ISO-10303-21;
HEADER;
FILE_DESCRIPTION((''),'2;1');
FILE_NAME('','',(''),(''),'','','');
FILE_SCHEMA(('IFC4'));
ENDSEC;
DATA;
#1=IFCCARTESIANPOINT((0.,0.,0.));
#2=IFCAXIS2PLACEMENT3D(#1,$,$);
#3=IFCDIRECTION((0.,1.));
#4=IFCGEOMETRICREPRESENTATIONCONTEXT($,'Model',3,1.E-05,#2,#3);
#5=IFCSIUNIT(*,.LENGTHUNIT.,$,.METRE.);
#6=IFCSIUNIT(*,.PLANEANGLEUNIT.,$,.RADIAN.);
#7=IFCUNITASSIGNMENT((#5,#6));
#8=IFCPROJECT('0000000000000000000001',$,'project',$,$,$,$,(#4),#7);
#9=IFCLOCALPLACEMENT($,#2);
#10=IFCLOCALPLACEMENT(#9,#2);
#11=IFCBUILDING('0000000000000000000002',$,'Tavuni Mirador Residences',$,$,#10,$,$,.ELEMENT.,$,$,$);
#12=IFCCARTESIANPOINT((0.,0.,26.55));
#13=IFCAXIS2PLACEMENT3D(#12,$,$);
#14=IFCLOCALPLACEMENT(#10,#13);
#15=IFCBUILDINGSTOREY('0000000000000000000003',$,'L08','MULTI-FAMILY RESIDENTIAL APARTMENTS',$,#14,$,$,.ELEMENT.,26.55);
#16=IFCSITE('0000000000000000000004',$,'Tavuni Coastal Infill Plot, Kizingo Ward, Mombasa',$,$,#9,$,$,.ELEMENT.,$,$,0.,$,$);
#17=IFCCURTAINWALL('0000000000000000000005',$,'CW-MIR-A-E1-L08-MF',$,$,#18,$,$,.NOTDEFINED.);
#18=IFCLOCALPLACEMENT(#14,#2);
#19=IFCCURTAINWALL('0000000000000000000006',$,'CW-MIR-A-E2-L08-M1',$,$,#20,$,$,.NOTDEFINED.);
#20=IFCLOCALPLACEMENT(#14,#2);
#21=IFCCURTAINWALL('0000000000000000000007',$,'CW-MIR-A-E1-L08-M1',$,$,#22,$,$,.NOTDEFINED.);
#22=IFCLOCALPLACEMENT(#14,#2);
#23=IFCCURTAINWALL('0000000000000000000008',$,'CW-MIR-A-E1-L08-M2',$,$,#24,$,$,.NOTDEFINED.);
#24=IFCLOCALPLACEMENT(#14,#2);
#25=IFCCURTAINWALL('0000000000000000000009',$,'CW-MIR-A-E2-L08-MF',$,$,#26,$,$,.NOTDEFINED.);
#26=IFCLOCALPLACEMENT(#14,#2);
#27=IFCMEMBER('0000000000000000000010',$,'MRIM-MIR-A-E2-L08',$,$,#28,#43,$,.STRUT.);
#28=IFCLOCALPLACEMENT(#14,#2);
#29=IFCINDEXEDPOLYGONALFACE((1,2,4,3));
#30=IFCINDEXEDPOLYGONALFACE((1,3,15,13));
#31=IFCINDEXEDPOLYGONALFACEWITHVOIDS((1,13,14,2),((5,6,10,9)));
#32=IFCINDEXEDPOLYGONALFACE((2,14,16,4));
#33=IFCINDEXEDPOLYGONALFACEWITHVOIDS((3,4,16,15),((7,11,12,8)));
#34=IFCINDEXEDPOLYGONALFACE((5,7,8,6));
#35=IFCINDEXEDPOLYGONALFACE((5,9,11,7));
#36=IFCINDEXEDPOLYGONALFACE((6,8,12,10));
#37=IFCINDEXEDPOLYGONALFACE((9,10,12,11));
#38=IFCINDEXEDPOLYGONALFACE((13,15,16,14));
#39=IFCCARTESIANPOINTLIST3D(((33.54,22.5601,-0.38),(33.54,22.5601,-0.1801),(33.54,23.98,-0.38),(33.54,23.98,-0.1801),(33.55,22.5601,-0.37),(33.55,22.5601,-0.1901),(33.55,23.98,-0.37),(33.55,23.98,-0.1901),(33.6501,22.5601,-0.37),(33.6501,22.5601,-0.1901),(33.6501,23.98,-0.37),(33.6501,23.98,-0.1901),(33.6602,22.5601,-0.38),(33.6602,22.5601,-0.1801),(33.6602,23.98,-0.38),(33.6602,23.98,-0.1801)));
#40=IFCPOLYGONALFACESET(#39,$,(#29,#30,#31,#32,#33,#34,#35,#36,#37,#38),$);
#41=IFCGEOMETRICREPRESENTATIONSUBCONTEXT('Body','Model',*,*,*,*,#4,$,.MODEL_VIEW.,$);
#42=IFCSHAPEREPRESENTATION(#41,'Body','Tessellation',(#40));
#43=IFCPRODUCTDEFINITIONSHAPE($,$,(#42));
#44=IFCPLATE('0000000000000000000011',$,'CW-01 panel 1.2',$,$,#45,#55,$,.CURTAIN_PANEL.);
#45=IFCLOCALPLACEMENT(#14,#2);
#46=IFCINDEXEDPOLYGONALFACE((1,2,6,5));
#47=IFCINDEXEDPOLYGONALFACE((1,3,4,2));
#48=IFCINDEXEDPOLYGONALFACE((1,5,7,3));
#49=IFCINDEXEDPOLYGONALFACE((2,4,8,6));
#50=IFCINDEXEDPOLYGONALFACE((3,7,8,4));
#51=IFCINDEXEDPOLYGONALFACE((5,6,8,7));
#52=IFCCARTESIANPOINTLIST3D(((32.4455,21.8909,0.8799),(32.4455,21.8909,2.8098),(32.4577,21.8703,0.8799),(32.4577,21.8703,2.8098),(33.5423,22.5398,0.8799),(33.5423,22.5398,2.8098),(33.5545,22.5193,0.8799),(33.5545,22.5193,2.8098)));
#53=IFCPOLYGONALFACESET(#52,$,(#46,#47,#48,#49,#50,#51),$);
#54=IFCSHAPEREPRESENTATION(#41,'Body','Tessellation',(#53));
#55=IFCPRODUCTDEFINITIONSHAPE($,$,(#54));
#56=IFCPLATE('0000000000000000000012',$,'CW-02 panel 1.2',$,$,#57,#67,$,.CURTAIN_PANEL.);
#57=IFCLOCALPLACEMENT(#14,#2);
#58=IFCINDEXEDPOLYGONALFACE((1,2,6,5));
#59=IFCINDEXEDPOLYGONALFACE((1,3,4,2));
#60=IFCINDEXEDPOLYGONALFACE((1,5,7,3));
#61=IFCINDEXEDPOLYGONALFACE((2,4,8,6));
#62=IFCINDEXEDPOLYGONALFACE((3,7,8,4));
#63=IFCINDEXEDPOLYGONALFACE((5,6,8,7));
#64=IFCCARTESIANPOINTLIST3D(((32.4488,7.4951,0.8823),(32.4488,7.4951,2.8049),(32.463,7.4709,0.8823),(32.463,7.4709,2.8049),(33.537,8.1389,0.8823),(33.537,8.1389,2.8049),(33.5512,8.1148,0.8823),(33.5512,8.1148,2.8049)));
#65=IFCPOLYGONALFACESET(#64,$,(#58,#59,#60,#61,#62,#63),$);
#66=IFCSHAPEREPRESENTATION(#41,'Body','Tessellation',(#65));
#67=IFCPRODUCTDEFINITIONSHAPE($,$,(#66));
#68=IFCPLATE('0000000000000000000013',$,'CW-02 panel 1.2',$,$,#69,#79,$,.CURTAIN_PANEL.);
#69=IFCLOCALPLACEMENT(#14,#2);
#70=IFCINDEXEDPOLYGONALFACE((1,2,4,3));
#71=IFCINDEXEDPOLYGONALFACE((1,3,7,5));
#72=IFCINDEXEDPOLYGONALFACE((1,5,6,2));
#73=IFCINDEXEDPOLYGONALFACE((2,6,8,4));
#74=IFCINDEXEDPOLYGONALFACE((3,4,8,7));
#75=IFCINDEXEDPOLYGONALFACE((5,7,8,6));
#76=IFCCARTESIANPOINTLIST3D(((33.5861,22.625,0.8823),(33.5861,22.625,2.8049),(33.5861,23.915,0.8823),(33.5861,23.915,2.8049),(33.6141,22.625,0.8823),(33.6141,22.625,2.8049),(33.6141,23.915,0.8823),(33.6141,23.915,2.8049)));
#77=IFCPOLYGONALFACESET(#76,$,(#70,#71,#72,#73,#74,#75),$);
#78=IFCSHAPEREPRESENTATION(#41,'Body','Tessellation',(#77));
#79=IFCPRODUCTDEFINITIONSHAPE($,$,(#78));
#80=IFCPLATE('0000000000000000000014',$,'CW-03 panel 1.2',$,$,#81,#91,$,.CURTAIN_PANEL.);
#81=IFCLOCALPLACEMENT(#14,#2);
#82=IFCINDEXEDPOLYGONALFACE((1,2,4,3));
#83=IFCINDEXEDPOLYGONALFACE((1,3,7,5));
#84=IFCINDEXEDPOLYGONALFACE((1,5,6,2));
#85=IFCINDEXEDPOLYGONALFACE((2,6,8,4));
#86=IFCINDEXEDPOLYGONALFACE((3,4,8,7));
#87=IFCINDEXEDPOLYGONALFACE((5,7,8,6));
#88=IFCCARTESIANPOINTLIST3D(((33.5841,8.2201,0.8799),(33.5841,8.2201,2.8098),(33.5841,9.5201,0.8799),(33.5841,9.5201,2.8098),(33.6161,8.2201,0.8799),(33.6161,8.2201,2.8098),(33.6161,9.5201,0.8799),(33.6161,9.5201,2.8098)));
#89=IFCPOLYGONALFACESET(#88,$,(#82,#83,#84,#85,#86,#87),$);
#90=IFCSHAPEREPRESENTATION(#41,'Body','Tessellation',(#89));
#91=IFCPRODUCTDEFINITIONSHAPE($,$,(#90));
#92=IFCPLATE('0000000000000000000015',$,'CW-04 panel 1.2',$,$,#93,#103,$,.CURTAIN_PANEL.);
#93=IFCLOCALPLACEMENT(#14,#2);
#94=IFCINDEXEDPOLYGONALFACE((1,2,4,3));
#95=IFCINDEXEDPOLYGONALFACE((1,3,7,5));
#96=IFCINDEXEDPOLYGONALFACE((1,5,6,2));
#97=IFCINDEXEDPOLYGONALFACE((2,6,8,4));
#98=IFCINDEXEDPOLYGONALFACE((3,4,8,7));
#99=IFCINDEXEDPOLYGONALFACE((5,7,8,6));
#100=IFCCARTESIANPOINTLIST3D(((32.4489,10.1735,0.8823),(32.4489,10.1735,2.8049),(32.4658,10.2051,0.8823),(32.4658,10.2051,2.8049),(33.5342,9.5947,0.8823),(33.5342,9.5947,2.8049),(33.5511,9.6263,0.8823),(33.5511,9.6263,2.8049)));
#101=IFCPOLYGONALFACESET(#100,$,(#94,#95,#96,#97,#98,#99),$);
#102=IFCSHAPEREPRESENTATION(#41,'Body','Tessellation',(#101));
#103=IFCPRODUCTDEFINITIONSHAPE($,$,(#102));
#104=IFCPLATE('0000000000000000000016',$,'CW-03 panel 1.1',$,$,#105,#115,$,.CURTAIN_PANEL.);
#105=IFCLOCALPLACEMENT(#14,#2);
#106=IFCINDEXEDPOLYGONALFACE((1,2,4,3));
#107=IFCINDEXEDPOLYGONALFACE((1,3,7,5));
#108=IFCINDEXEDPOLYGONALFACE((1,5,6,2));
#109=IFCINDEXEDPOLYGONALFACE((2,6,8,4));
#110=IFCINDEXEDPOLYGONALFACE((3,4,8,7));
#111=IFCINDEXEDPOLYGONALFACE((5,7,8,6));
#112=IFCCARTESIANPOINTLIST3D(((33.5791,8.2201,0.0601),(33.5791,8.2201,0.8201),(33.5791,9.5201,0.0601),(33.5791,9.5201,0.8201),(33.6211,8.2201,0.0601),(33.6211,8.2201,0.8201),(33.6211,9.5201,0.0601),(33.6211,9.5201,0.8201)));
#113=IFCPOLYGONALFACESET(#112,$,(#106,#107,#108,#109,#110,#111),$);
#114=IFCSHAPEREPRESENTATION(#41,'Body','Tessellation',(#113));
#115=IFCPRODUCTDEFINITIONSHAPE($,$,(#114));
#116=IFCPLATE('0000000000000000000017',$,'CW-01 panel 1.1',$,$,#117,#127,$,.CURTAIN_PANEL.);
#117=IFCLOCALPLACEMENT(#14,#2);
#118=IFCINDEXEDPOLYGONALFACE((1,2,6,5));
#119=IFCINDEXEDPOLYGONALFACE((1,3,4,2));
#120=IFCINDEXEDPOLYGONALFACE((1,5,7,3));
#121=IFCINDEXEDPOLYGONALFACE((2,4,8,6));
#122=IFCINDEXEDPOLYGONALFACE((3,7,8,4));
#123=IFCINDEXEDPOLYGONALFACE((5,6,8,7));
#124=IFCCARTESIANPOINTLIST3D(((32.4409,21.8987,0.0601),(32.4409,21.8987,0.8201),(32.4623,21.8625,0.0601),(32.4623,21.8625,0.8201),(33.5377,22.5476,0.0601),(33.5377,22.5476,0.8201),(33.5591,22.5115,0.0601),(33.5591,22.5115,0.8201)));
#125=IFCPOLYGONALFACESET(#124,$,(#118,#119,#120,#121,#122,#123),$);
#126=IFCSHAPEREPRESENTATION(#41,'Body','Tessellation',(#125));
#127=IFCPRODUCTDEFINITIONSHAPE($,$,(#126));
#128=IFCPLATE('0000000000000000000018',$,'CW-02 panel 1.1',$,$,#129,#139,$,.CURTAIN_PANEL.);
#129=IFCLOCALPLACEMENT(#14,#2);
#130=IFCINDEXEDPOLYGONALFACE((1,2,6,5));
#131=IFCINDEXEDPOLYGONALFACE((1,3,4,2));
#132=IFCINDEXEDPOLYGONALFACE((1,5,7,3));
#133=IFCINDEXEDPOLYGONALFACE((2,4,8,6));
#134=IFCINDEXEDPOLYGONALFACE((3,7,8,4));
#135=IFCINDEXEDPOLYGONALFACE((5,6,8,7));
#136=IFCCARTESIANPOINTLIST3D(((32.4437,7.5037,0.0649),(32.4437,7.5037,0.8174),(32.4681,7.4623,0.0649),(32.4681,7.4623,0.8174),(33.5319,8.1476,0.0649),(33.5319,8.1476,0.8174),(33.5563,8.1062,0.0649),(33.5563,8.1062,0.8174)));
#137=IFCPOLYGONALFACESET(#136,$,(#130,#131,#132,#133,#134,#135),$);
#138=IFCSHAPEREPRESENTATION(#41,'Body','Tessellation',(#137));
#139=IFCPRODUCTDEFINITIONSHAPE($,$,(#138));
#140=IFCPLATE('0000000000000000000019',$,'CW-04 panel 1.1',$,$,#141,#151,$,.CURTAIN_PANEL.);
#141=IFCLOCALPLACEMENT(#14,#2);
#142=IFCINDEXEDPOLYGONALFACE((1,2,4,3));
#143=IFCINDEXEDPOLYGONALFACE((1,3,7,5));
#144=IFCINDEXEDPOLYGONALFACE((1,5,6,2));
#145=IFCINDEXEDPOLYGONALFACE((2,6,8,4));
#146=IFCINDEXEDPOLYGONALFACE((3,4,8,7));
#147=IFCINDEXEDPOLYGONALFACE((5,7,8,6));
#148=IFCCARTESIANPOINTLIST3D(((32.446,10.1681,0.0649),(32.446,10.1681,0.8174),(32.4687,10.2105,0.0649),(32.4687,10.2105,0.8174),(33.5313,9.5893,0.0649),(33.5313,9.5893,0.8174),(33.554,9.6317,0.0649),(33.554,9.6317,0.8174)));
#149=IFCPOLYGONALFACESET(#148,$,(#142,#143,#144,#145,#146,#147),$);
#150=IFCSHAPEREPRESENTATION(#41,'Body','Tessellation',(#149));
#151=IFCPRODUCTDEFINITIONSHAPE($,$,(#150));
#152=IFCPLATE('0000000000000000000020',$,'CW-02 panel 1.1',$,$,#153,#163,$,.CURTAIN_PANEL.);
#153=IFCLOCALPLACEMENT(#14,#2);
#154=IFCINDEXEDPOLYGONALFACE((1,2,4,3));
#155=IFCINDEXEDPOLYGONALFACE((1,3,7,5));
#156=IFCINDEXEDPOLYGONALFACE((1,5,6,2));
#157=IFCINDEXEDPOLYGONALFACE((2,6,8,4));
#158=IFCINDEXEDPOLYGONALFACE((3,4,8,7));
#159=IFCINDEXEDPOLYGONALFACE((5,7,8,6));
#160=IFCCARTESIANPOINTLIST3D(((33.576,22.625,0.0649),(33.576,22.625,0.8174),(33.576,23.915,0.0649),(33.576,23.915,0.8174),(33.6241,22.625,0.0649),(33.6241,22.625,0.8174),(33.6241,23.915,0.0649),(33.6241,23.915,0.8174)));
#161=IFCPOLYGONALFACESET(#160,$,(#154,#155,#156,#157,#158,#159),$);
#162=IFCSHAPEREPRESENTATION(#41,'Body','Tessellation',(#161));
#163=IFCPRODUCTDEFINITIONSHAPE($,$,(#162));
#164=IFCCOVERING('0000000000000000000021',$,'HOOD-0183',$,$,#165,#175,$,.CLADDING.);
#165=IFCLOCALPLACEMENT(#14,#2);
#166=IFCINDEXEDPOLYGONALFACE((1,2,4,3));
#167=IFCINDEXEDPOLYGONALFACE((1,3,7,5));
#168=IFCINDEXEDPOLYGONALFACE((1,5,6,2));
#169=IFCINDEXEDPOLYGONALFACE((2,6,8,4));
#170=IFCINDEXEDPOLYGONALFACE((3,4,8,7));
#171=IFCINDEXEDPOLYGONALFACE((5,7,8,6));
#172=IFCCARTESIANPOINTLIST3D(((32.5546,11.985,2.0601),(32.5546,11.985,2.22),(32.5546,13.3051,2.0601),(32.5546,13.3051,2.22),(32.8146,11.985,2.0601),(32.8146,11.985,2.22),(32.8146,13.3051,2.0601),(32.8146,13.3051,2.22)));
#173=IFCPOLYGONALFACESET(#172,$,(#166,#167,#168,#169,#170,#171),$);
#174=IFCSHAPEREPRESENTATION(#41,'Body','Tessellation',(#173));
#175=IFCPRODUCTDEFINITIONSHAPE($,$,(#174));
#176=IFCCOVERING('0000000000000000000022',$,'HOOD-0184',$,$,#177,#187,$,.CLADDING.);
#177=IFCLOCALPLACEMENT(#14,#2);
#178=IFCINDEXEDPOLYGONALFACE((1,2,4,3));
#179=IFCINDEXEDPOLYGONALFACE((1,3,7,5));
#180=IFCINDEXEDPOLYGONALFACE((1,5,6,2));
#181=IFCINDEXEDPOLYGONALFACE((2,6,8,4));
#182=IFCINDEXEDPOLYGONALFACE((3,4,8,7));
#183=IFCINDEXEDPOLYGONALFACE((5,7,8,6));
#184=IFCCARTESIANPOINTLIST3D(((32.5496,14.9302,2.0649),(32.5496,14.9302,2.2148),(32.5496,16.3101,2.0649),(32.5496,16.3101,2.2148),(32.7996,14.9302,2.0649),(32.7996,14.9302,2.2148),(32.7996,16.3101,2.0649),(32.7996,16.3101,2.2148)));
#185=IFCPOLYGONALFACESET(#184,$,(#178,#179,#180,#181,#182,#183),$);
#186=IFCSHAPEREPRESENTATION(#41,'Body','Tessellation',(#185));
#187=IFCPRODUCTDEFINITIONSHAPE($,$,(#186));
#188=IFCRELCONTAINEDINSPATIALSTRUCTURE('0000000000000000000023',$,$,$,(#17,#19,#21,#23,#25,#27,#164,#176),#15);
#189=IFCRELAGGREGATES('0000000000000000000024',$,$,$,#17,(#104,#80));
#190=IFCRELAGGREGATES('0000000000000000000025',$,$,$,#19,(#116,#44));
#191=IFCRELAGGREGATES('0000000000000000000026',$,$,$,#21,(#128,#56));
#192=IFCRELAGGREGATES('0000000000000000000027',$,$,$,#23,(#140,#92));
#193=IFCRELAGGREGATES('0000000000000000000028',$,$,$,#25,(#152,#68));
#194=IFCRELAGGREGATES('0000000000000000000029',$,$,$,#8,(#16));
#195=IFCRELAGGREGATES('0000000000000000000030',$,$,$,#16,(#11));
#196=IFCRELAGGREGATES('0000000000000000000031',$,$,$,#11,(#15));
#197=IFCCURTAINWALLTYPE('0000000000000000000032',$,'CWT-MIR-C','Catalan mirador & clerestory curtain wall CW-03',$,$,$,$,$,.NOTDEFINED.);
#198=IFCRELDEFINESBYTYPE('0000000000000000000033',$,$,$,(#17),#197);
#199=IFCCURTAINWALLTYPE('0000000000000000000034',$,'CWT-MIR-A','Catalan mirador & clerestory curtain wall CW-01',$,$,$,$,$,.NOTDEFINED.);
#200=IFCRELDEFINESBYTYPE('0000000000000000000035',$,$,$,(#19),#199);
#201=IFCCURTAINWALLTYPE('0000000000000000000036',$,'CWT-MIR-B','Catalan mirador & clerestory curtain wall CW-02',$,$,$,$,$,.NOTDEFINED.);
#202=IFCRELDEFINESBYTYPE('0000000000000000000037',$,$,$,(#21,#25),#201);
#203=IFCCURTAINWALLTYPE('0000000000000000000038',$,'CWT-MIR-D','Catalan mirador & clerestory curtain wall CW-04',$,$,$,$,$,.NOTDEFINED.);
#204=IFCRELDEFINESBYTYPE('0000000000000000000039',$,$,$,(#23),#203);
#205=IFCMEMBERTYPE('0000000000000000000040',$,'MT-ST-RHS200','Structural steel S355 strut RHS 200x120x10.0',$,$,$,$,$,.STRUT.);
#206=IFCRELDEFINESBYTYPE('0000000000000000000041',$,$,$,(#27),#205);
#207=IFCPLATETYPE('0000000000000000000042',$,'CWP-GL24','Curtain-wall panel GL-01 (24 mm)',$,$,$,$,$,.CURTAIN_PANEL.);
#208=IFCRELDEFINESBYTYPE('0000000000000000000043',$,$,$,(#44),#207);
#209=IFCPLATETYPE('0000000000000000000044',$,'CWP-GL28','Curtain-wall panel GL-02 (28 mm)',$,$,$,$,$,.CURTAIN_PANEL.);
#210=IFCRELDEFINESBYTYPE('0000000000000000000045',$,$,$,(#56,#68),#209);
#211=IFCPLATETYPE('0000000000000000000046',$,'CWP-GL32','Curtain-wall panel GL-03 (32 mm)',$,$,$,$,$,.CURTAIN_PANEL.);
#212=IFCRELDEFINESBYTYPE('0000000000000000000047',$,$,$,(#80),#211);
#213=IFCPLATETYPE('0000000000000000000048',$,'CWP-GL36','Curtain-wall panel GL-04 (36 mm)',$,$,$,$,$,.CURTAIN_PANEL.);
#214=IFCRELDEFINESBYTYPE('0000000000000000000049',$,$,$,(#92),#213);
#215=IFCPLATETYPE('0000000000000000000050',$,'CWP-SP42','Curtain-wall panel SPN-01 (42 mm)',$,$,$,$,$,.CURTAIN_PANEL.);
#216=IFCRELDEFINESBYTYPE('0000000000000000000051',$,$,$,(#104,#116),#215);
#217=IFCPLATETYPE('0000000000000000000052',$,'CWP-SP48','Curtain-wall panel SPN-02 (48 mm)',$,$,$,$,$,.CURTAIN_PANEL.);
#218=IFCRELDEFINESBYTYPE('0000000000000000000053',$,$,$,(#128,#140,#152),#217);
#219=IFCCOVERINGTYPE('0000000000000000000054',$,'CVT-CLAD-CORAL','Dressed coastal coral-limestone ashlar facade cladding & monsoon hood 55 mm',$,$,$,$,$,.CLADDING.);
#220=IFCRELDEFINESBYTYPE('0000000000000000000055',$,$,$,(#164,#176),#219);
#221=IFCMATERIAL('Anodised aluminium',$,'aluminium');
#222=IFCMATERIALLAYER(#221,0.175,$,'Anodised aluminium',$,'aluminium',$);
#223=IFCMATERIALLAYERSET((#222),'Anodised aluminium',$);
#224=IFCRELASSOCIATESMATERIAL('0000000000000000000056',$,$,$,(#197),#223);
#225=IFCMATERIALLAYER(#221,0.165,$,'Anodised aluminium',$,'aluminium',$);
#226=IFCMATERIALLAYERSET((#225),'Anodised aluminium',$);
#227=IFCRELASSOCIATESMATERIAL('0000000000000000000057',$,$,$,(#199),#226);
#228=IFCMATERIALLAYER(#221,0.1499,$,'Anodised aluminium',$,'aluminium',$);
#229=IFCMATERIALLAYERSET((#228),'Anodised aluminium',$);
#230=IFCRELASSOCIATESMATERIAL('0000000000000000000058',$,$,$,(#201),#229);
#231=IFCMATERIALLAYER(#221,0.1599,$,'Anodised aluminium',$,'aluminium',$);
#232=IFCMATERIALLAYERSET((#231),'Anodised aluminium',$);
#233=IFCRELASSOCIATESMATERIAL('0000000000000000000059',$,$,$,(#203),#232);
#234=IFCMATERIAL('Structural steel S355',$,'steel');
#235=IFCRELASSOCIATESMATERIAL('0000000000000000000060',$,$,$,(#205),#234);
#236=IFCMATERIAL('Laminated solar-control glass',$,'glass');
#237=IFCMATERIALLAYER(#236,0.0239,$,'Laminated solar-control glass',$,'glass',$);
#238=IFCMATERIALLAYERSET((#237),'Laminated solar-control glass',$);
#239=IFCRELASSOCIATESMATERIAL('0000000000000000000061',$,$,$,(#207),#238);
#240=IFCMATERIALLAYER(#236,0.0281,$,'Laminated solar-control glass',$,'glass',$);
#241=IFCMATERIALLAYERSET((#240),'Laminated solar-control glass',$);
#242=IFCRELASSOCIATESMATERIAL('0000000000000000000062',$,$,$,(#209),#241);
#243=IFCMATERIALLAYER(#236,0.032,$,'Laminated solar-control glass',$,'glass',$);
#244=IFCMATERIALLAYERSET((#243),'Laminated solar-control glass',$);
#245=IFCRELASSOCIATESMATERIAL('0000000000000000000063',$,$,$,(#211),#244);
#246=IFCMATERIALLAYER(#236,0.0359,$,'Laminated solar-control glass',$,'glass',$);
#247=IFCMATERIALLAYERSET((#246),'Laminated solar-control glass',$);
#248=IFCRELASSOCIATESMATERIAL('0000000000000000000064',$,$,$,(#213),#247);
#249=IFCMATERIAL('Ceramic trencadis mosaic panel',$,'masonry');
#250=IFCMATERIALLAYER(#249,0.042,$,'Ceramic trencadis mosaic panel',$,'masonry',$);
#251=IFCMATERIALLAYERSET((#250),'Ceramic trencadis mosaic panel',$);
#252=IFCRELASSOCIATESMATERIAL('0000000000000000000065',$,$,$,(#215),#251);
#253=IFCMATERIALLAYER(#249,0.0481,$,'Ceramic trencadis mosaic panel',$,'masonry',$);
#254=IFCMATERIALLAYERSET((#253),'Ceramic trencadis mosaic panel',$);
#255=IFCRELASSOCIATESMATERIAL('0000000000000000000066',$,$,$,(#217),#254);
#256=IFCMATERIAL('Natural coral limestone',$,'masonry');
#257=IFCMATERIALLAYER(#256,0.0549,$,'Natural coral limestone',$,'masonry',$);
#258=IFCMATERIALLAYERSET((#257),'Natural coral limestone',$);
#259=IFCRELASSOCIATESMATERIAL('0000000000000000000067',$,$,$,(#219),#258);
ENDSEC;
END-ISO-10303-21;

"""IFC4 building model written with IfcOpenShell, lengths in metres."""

from ifc_helpers import new_model, si_unit, direction, frame, origin, origin_2d, place, context, subcontext, project, spatial, rectangle, hollow_rectangle, extrude, material, layer, layer_set, material_profile, profile_set, type_object, element, aggregate, save


model = new_model("IFC4")

# Units and contexts
model_context = context("Model", 3, precision=1e-05, world=origin(), true_north=direction((0.0, 1.0)))
body_context = subcontext(model_context, "Body", "Model", "MODEL_VIEW")
ifc_project = project(units=[si_unit("LENGTHUNIT", "METRE"), si_unit("PLANEANGLEUNIT", "RADIAN")], contexts=[model_context])

# Site, building, storey
site_placement = place(None, origin())
site = spatial("IfcSite", under=ifc_project, at=site_placement, Name="Tavuni Coastal Infill Plot, Kizingo Ward, Mombasa", CompositionType="ELEMENT", RefElevation=0.0)
building_placement = place(site_placement, origin())
building = spatial("IfcBuilding", under=site, at=building_placement, Name="Tavuni Mirador Residences", CompositionType="ELEMENT")
storey_placement = place(building_placement, frame((0.0, 0.0, 26.55)))
storey = spatial("IfcBuildingStorey", under=building, at=storey_placement, Name="L08", Description="MULTI-FAMILY RESIDENTIAL APARTMENTS", CompositionType="ELEMENT", Elevation=26.55)

# Curtain wall
ifc_material_1 = material(Name="Anodised aluminium", Category="aluminium")
ifc_layer_1 = layer(ifc_material_1, 0.175, Name="Anodised aluminium", Category="aluminium")
ifc_layer_set_1 = layer_set([ifc_layer_1], Name="Anodised aluminium")
curtain_wall_type_1 = type_object("IfcCurtainWallType", Name="CWT-MIR-C", Description="Catalan mirador & clerestory curtain wall CW-03", PredefinedType="NOTDEFINED", material=ifc_layer_set_1)
curtain_wall_1_placement = place(storey_placement, origin())
curtain_wall_1 = element("IfcCurtainWall", 1, at=curtain_wall_1_placement, inside=storey, type_object=curtain_wall_type_1, Name="CW-MIR-A-E1-L08-MF", PredefinedType="NOTDEFINED")

# Curtain walls
ifc_layer_2 = layer(ifc_material_1, 0.165, Name="Anodised aluminium", Category="aluminium")
ifc_layer_set_2 = layer_set([ifc_layer_2], Name="Anodised aluminium")
curtain_wall_type_2 = type_object("IfcCurtainWallType", Name="CWT-MIR-A", Description="Catalan mirador & clerestory curtain wall CW-01", PredefinedType="NOTDEFINED", material=ifc_layer_set_2)
curtain_wall_2_placement = place(storey_placement, origin())
curtain_wall_2 = element("IfcCurtainWall", 2, at=curtain_wall_2_placement, inside=storey, type_object=curtain_wall_type_2, Name="CW-MIR-A-E2-L08-M1", PredefinedType="NOTDEFINED")
ifc_layer_3 = layer(ifc_material_1, 0.1499, Name="Anodised aluminium", Category="aluminium")
ifc_layer_set_3 = layer_set([ifc_layer_3], Name="Anodised aluminium")
curtain_wall_type_3 = type_object("IfcCurtainWallType", Name="CWT-MIR-B", Description="Catalan mirador & clerestory curtain wall CW-02", PredefinedType="NOTDEFINED", material=ifc_layer_set_3)
curtain_wall_3_placement = place(storey_placement, origin())
curtain_wall_3 = element("IfcCurtainWall", 3, at=curtain_wall_3_placement, inside=storey, type_object=curtain_wall_type_3, Name="CW-MIR-A-E1-L08-M1", PredefinedType="NOTDEFINED")
ifc_layer_4 = layer(ifc_material_1, 0.1599, Name="Anodised aluminium", Category="aluminium")
ifc_layer_set_4 = layer_set([ifc_layer_4], Name="Anodised aluminium")
curtain_wall_type_4 = type_object("IfcCurtainWallType", Name="CWT-MIR-D", Description="Catalan mirador & clerestory curtain wall CW-04", PredefinedType="NOTDEFINED", material=ifc_layer_set_4)
curtain_wall_4_placement = place(storey_placement, origin())
curtain_wall_4 = element("IfcCurtainWall", 4, at=curtain_wall_4_placement, inside=storey, type_object=curtain_wall_type_4, Name="CW-MIR-A-E1-L08-M2", PredefinedType="NOTDEFINED")

# Curtain wall
curtain_wall_5_placement = place(storey_placement, origin())
curtain_wall_5 = element("IfcCurtainWall", 5, at=curtain_wall_5_placement, inside=storey, type_object=curtain_wall_type_3, Name="CW-MIR-A-E2-L08-MF", PredefinedType="NOTDEFINED")

# Member
ifc_material_2 = material(Name="Structural steel S355", Category="steel")
ifc_material_profile_1 = material_profile(ifc_material_2, hollow_rectangle(XDim=0.1201, YDim=0.2, WallThickness=0.01, at=origin_2d()), Name="RHS 200x120x10.0", Category="steel")
ifc_profile_set_1 = profile_set([ifc_material_profile_1], Name="Structural steel S355")
member_type_1 = type_object("IfcMemberType", Name="MT-ST-RHS200", Description="Structural steel S355 strut RHS 200x120x10.0", PredefinedType="STRUT", material=ifc_profile_set_1)
member_1_placement = place(storey_placement, frame((33.6001, 22.5601, -0.28), z_axis=(0.0, 1.0, 0.0), x_axis=(-1.0, 0.0, 0.0)))
element("IfcMember", 6, at=member_1_placement, inside=storey, type_object=member_type_1, Name="MRIM-MIR-A-E2-L08", PredefinedType="STRUT", context=body_context, shape_type="SweptSolid", body=[
    extrude(hollow_rectangle(XDim=0.1201, YDim=0.2, WallThickness=0.01, at=origin_2d()), origin(), (0.0, 0.0, 1.0), 1.4199),
])

# Plates
ifc_material_3 = material(Name="Laminated solar-control glass", Category="glass")
ifc_layer_5 = layer(ifc_material_3, 0.0239, Name="Laminated solar-control glass", Category="glass")
ifc_layer_set_5 = layer_set([ifc_layer_5], Name="Laminated solar-control glass")
plate_type_1 = type_object("IfcPlateType", Name="CWP-GL24", Description="Curtain-wall panel GL-01 (24 mm)", PredefinedType="CURTAIN_PANEL", material=ifc_layer_set_5)
plate_1_placement = place(storey_placement, frame((33.0, 22.2051, 0.8799), z_axis=(0.0, 0.0, 1.0), x_axis=(0.860641, 0.509212, 0.0)))
plate_1 = element("IfcPlate", 7, at=plate_1_placement, type_object=plate_type_1, Name="CW-01 panel 1.2", PredefinedType="CURTAIN_PANEL", context=body_context, shape_type="SweptSolid", body=[
    extrude(rectangle(XDim=1.2744, YDim=0.0239, at=origin_2d()), origin(), (0.0, 0.0, 1.0), 1.9299),
])
ifc_layer_6 = layer(ifc_material_3, 0.0281, Name="Laminated solar-control glass", Category="glass")
ifc_layer_set_6 = layer_set([ifc_layer_6], Name="Laminated solar-control glass")
plate_type_2 = type_object("IfcPlateType", Name="CWP-GL28", Description="Curtain-wall panel GL-02 (28 mm)", PredefinedType="CURTAIN_PANEL", material=ifc_layer_set_6)
plate_2_placement = place(storey_placement, frame((33.0, 7.8049, 0.8823), z_axis=(0.0, 0.0, 1.0), x_axis=(0.860641, 0.509212, 0.0)))
plate_2 = element("IfcPlate", 8, at=plate_2_placement, type_object=plate_type_2, Name="CW-02 panel 1.2", PredefinedType="CURTAIN_PANEL", context=body_context, shape_type="SweptSolid", body=[
    extrude(rectangle(XDim=1.2644, YDim=0.0281, at=origin_2d()), origin(), (0.0, 0.0, 1.0), 1.9226),
])
plate_3_placement = place(storey_placement, frame((33.6001, 23.27, 0.8823), z_axis=(0.0, 0.0, 1.0), x_axis=(0.0, 1.0, 0.0)))
plate_3 = element("IfcPlate", 9, at=plate_3_placement, type_object=plate_type_2, Name="CW-02 panel 1.2", PredefinedType="CURTAIN_PANEL", context=body_context, shape_type="SweptSolid", body=[
    extrude(rectangle(XDim=1.29, YDim=0.0281, at=origin_2d()), origin(), (0.0, 0.0, 1.0), 1.9226),
])
ifc_layer_7 = layer(ifc_material_3, 0.032, Name="Laminated solar-control glass", Category="glass")
ifc_layer_set_7 = layer_set([ifc_layer_7], Name="Laminated solar-control glass")
plate_type_3 = type_object("IfcPlateType", Name="CWP-GL32", Description="Curtain-wall panel GL-03 (32 mm)", PredefinedType="CURTAIN_PANEL", material=ifc_layer_set_7)
plate_4_placement = place(storey_placement, frame((33.6001, 8.8701, 0.8799), z_axis=(0.0, 0.0, 1.0), x_axis=(0.0, 1.0, 0.0)))
plate_4 = element("IfcPlate", 10, at=plate_4_placement, type_object=plate_type_3, Name="CW-03 panel 1.2", PredefinedType="CURTAIN_PANEL", context=body_context, shape_type="SweptSolid", body=[
    extrude(rectangle(XDim=1.3, YDim=0.032, at=origin_2d()), origin(), (0.0, 0.0, 1.0), 1.9299),
])
ifc_layer_8 = layer(ifc_material_3, 0.0359, Name="Laminated solar-control glass", Category="glass")
ifc_layer_set_8 = layer_set([ifc_layer_8], Name="Laminated solar-control glass")
plate_type_4 = type_object("IfcPlateType", Name="CWP-GL36", Description="Curtain-wall panel GL-04 (36 mm)", PredefinedType="CURTAIN_PANEL", material=ifc_layer_set_8)
plate_5_placement = place(storey_placement, frame((33.0, 9.8999, 0.8823), z_axis=(0.0, 0.0, 1.0), x_axis=(-0.882353, 0.470588, 0.0)))
plate_5 = element("IfcPlate", 11, at=plate_5_placement, type_object=plate_type_4, Name="CW-04 panel 1.2", PredefinedType="CURTAIN_PANEL", context=body_context, shape_type="SweptSolid", body=[
    extrude(rectangle(XDim=1.23, YDim=0.0359, at=origin_2d()), origin(), (0.0, 0.0, 1.0), 1.9226),
])
ifc_material_4 = material(Name="Ceramic trencadis mosaic panel", Category="masonry")
ifc_layer_9 = layer(ifc_material_4, 0.042, Name="Ceramic trencadis mosaic panel", Category="masonry")
ifc_layer_set_9 = layer_set([ifc_layer_9], Name="Ceramic trencadis mosaic panel")
plate_type_5 = type_object("IfcPlateType", Name="CWP-SP42", Description="Curtain-wall panel SPN-01 (42 mm)", PredefinedType="CURTAIN_PANEL", material=ifc_layer_set_9)
plate_6_placement = place(storey_placement, frame((33.6001, 8.8701, 0.0601), z_axis=(0.0, 0.0, 1.0), x_axis=(0.0, 1.0, 0.0)))
plate_6 = element("IfcPlate", 12, at=plate_6_placement, type_object=plate_type_5, Name="CW-03 panel 1.1", PredefinedType="CURTAIN_PANEL", context=body_context, shape_type="SweptSolid", body=[
    extrude(rectangle(XDim=1.3, YDim=0.042, at=origin_2d()), origin(), (0.0, 0.0, 1.0), 0.76),
])
aggregate(curtain_wall_1, [plate_6, plate_4])
plate_7_placement = place(storey_placement, frame((33.0, 22.2051, 0.0601), z_axis=(0.0, 0.0, 1.0), x_axis=(0.860641, 0.509212, 0.0)))
plate_7 = element("IfcPlate", 13, at=plate_7_placement, type_object=plate_type_5, Name="CW-01 panel 1.1", PredefinedType="CURTAIN_PANEL", context=body_context, shape_type="SweptSolid", body=[
    extrude(rectangle(XDim=1.2744, YDim=0.042, at=origin_2d()), origin(), (0.0, 0.0, 1.0), 0.76),
])
aggregate(curtain_wall_2, [plate_7, plate_1])
ifc_layer_10 = layer(ifc_material_4, 0.0481, Name="Ceramic trencadis mosaic panel", Category="masonry")
ifc_layer_set_10 = layer_set([ifc_layer_10], Name="Ceramic trencadis mosaic panel")
plate_type_6 = type_object("IfcPlateType", Name="CWP-SP48", Description="Curtain-wall panel SPN-02 (48 mm)", PredefinedType="CURTAIN_PANEL", material=ifc_layer_set_10)
plate_8_placement = place(storey_placement, frame((33.0, 7.8049, 0.0649), z_axis=(0.0, 0.0, 1.0), x_axis=(0.860641, 0.509212, 0.0)))
plate_8 = element("IfcPlate", 14, at=plate_8_placement, type_object=plate_type_6, Name="CW-02 panel 1.1", PredefinedType="CURTAIN_PANEL", context=body_context, shape_type="SweptSolid", body=[
    extrude(rectangle(XDim=1.2644, YDim=0.0481, at=origin_2d()), origin(), (0.0, 0.0, 1.0), 0.7524),
])
aggregate(curtain_wall_3, [plate_8, plate_2])
plate_9_placement = place(storey_placement, frame((33.0, 9.8999, 0.0649), z_axis=(0.0, 0.0, 1.0), x_axis=(-0.882353, 0.470588, 0.0)))
plate_9 = element("IfcPlate", 15, at=plate_9_placement, type_object=plate_type_6, Name="CW-04 panel 1.1", PredefinedType="CURTAIN_PANEL", context=body_context, shape_type="SweptSolid", body=[
    extrude(rectangle(XDim=1.23, YDim=0.0481, at=origin_2d()), origin(), (0.0, 0.0, 1.0), 0.7524),
])
aggregate(curtain_wall_4, [plate_9, plate_5])
plate_10_placement = place(storey_placement, frame((33.6001, 23.27, 0.0649), z_axis=(0.0, 0.0, 1.0), x_axis=(0.0, 1.0, 0.0)))
plate_10 = element("IfcPlate", 16, at=plate_10_placement, type_object=plate_type_6, Name="CW-02 panel 1.1", PredefinedType="CURTAIN_PANEL", context=body_context, shape_type="SweptSolid", body=[
    extrude(rectangle(XDim=1.29, YDim=0.0481, at=origin_2d()), origin(), (0.0, 0.0, 1.0), 0.7524),
])
aggregate(curtain_wall_5, [plate_10, plate_3])

# Coverings
ifc_material_5 = material(Name="Natural coral limestone", Category="masonry")
ifc_layer_11 = layer(ifc_material_5, 0.0549, Name="Natural coral limestone", Category="masonry")
ifc_layer_set_11 = layer_set([ifc_layer_11], Name="Natural coral limestone")
covering_type = type_object("IfcCoveringType", Name="CVT-CLAD-CORAL", Description="Dressed coastal coral-limestone ashlar facade cladding & monsoon hood 55 mm", PredefinedType="CLADDING", material=ifc_layer_set_11)
covering_1_placement = place(storey_placement, frame((32.6846, 12.645, 2.0601), z_axis=(0.0, 0.0, 1.0), x_axis=(0.0, 1.0, 0.0)))
element("IfcCovering", 17, at=covering_1_placement, inside=storey, type_object=covering_type, Name="HOOD-0183", PredefinedType="CLADDING", context=body_context, shape_type="SweptSolid", body=[
    extrude(rectangle(XDim=1.3201, YDim=0.26, at=origin_2d()), origin(), (0.0, 0.0, 1.0), 0.1599),
])
covering_2_placement = place(storey_placement, frame((32.6746, 15.6201, 2.0649), z_axis=(0.0, 0.0, 1.0), x_axis=(0.0, 1.0, 0.0)))
element("IfcCovering", 18, at=covering_2_placement, inside=storey, type_object=covering_type, Name="HOOD-0184", PredefinedType="CLADDING", context=body_context, shape_type="SweptSolid", body=[
    extrude(rectangle(XDim=1.3799, YDim=0.25, at=origin_2d()), origin(), (0.0, 0.0, 1.0), 0.1499),
])

save(model, "model.ifc")
